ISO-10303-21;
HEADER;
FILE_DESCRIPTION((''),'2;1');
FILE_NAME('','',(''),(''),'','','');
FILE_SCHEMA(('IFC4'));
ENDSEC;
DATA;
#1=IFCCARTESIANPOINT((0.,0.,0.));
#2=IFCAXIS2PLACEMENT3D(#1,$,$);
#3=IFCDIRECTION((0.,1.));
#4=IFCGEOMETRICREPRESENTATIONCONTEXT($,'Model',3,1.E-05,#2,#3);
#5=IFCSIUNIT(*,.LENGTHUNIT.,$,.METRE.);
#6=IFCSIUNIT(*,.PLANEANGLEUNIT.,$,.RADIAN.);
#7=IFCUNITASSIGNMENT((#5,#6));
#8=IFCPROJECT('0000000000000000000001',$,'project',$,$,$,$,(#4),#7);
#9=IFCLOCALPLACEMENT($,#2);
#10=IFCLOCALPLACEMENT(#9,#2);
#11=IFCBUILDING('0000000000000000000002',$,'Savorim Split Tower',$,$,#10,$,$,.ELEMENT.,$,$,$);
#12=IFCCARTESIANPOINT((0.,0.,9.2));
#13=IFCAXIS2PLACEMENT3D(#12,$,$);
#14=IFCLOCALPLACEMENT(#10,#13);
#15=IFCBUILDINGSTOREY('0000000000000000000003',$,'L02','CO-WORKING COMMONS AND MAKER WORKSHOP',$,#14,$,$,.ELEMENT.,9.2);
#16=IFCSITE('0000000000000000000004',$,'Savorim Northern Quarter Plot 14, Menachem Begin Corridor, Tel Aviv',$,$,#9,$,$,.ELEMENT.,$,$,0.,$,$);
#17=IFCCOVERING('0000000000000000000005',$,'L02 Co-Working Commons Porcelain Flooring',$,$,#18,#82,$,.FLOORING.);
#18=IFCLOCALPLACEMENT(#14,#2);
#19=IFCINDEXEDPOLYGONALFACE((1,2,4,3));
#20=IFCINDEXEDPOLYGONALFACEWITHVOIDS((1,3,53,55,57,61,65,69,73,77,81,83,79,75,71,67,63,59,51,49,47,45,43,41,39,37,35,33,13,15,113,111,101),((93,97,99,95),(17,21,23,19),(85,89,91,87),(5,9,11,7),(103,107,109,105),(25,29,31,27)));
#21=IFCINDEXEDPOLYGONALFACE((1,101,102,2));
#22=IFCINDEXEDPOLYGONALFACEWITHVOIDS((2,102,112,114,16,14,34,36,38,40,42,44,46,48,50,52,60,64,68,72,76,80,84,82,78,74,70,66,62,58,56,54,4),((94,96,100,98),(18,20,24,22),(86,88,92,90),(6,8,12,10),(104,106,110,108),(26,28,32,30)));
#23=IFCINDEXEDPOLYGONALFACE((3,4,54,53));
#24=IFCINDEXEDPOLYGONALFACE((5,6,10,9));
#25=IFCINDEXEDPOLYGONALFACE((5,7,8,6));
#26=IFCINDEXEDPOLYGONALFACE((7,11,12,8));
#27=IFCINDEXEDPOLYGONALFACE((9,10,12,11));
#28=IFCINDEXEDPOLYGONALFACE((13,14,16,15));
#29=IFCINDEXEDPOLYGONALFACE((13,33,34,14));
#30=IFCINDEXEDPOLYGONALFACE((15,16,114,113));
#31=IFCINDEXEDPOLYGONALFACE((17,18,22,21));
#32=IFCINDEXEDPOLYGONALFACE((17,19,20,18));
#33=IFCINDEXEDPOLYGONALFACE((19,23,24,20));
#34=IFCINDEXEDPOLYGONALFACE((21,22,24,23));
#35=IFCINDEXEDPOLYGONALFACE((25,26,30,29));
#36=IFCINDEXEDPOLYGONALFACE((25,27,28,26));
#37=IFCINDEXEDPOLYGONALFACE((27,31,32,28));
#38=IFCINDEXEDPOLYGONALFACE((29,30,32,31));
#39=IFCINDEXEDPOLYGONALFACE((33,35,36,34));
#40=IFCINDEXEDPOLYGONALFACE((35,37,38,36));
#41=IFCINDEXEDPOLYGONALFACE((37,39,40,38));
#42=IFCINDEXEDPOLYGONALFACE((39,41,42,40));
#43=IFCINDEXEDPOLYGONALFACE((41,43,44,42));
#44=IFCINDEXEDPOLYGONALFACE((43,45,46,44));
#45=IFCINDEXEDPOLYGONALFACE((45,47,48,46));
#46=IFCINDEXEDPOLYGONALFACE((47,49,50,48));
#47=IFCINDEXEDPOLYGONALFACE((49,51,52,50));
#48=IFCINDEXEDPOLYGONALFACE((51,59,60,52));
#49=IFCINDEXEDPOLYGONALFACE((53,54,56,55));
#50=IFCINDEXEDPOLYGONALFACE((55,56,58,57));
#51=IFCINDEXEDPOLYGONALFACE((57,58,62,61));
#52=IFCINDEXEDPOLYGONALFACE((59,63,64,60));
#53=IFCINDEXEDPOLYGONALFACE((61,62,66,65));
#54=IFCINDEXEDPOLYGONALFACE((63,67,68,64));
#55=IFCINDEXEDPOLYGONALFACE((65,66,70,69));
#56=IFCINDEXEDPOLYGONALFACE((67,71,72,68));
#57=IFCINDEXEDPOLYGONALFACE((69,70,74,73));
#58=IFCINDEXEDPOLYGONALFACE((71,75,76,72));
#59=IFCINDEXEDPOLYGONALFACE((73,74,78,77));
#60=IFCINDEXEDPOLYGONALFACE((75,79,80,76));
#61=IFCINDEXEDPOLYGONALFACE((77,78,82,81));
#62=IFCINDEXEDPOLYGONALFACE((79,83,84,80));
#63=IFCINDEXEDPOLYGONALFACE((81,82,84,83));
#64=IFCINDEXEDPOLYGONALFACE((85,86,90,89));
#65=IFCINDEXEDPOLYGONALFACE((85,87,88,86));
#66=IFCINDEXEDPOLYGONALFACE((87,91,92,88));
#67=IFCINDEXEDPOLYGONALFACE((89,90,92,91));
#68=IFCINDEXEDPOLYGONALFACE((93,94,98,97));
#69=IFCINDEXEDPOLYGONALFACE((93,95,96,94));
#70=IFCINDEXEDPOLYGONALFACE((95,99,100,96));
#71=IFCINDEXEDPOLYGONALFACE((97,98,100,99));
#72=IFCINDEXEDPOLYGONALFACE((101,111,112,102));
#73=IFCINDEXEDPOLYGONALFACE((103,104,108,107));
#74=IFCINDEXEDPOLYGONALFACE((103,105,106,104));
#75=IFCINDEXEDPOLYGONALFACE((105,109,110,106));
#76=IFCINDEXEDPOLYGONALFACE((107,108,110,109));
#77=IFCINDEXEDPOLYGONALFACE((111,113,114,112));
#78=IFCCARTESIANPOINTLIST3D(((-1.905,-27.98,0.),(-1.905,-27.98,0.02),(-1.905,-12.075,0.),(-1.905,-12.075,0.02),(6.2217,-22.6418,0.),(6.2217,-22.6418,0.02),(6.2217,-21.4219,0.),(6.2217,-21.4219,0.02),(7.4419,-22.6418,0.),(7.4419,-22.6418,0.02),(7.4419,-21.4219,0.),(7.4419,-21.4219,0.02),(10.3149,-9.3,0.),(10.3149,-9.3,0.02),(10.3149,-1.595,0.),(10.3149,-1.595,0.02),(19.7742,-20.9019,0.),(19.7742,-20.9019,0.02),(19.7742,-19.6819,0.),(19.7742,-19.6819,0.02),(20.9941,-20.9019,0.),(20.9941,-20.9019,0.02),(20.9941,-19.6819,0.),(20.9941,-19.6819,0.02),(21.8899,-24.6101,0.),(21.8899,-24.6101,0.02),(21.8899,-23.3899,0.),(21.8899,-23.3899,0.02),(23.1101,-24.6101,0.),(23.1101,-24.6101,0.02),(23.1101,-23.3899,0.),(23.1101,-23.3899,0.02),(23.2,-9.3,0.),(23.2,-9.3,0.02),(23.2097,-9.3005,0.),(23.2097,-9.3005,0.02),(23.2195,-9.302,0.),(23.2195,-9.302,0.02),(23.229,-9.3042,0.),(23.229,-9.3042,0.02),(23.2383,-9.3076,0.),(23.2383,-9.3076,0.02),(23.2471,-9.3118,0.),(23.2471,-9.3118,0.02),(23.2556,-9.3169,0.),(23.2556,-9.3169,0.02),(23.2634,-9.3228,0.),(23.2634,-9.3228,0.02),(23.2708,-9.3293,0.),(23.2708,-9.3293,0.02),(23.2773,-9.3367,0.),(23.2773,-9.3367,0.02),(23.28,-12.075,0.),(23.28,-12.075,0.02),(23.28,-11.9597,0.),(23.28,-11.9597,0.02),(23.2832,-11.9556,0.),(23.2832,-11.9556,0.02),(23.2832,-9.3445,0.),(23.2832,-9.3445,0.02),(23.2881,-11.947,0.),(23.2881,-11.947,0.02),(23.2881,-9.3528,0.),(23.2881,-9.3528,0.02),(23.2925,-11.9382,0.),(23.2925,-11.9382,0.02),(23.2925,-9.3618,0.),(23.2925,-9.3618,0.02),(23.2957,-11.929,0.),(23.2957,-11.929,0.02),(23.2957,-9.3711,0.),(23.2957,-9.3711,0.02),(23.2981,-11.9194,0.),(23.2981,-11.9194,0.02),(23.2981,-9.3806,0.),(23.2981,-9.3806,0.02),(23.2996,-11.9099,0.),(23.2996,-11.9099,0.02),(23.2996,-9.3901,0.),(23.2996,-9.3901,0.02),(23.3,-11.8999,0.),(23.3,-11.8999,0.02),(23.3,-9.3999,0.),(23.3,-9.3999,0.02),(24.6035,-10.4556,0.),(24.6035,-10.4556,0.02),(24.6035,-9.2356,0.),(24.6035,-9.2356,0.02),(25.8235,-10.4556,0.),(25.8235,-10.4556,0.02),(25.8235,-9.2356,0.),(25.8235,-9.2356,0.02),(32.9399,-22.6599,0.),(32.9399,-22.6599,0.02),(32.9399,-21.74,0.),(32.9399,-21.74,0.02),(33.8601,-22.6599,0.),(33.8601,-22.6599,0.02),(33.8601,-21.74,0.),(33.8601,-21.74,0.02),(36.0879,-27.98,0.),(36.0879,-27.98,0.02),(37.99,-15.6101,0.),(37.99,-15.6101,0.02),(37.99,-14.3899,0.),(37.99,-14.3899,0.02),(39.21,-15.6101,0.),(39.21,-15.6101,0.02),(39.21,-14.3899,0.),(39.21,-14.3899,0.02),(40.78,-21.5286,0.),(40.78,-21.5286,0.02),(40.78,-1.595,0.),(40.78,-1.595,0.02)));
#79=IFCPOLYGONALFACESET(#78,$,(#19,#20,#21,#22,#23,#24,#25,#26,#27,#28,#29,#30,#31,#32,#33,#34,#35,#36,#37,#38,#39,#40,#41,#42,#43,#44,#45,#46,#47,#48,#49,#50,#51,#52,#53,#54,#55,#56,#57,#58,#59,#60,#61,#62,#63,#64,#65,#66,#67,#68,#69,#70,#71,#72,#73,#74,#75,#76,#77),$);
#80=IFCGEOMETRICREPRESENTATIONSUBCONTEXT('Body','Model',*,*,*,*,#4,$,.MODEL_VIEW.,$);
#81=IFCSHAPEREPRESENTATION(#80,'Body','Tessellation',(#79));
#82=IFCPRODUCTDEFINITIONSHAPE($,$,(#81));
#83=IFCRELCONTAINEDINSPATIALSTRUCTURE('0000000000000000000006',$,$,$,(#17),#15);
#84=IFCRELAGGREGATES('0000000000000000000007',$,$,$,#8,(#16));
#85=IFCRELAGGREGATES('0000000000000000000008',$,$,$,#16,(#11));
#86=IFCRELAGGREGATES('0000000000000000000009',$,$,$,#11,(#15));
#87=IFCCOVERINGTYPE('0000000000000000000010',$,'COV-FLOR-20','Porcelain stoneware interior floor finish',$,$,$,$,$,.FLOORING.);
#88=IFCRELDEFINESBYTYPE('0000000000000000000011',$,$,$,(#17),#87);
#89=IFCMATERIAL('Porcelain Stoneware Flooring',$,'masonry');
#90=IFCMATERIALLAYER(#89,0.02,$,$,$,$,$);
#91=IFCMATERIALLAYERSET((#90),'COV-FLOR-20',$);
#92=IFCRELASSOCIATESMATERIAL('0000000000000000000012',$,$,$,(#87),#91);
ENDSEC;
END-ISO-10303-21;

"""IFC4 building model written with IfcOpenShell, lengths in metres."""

from ifc_helpers import new_model, si_unit, direction, frame, origin, place, context, subcontext, project, spatial, polyline, outline, extrude, material, layer, layer_set, type_object, element, save


model = new_model("IFC4")

# Units and contexts
model_context = context("Model", 3, precision=1e-05, world=origin(), true_north=direction((0.0, 1.0)))
body_context = subcontext(model_context, "Body", "Model", "MODEL_VIEW")
ifc_project = project(units=[si_unit("LENGTHUNIT", "METRE"), si_unit("PLANEANGLEUNIT", "RADIAN")], contexts=[model_context])

# Site, building, storey
site_placement = place(None, origin())
site = spatial("IfcSite", under=ifc_project, at=site_placement, Name="Savorim Northern Quarter Plot 14, Menachem Begin Corridor, Tel Aviv", CompositionType="ELEMENT", RefElevation=0.0)
building_placement = place(site_placement, origin())
building = spatial("IfcBuilding", under=site, at=building_placement, Name="Savorim Split Tower", CompositionType="ELEMENT")
storey_placement = place(building_placement, frame((0.0, 0.0, 9.2)))
storey = spatial("IfcBuildingStorey", under=building, at=storey_placement, Name="L02", Description="CO-WORKING COMMONS AND MAKER WORKSHOP", CompositionType="ELEMENT", Elevation=9.2)

# Covering
ifc_material_1 = material(Name="Porcelain Stoneware Flooring", Category="masonry")
ifc_layer_1 = layer(ifc_material_1, 0.02)
ifc_layer_set_1 = layer_set([ifc_layer_1], Name="COV-FLOR-20")
covering_type_1 = type_object("IfcCoveringType", Name="COV-FLOR-20", Description="Porcelain stoneware interior floor finish", PredefinedType="FLOORING", material=ifc_layer_set_1)
covering_1_placement = place(storey_placement, origin())
element("IfcCovering", 1, at=covering_1_placement, inside=storey, type_object=covering_type_1, Name="L02 Co-Working Commons Porcelain Flooring", PredefinedType="FLOORING", context=body_context, shape_type="SweptSolid", body=[
    extrude(outline(polyline([(-1.905, -27.98), (36.0879, -27.98), (40.78, -21.5286), (40.78, -1.595), (10.3149, -1.595), (10.3149, -9.3), (23.2, -9.3), (23.2097, -9.3005), (23.2195, -9.302), (23.229, -9.3042), (23.2383, -9.3076), (23.2471, -9.3118), (23.2556, -9.3169), (23.2634, -9.3228), (23.2708, -9.3293), (23.2773, -9.3367), (23.2832, -9.3445), (23.2881, -9.3528), (23.2925, -9.3618), (23.2957, -9.3711), (23.2981, -9.3806), (23.2996, -9.3901), (23.3, -9.3999), (23.3, -11.8999), (23.2996, -11.9099), (23.2981, -11.9194), (23.2957, -11.929), (23.2925, -11.9382), (23.2881, -11.947), (23.2832, -11.9556), (23.28, -11.9597), (23.28, -12.075), (-1.905, -12.075), (-1.905, -27.98)]), holes=[polyline([(37.99, -14.3899), (37.99, -15.6101), (39.21, -15.6101), (39.21, -14.3899), (37.99, -14.3899)]), polyline([(21.8899, -24.6101), (23.1101, -24.6101), (23.1101, -23.3899), (21.8899, -23.3899), (21.8899, -24.6101)]), polyline([(6.2217, -21.4219), (6.2217, -22.6418), (7.4419, -22.6418), (7.4419, -21.4219), (6.2217, -21.4219)]), polyline([(19.7742, -20.9019), (20.9941, -20.9019), (20.9941, -19.6819), (19.7742, -19.6819), (19.7742, -20.9019)]), polyline([(25.8235, -10.4556), (25.8235, -9.2356), (24.6035, -9.2356), (24.6035, -10.4556), (25.8235, -10.4556)]), polyline([(32.9399, -21.74), (32.9399, -22.6599), (33.8601, -22.6599), (33.8601, -21.74), (32.9399, -21.74)])]), origin(), (0.0, 0.0, 1.0), 0.02),
])

save(model, "model.ifc")
